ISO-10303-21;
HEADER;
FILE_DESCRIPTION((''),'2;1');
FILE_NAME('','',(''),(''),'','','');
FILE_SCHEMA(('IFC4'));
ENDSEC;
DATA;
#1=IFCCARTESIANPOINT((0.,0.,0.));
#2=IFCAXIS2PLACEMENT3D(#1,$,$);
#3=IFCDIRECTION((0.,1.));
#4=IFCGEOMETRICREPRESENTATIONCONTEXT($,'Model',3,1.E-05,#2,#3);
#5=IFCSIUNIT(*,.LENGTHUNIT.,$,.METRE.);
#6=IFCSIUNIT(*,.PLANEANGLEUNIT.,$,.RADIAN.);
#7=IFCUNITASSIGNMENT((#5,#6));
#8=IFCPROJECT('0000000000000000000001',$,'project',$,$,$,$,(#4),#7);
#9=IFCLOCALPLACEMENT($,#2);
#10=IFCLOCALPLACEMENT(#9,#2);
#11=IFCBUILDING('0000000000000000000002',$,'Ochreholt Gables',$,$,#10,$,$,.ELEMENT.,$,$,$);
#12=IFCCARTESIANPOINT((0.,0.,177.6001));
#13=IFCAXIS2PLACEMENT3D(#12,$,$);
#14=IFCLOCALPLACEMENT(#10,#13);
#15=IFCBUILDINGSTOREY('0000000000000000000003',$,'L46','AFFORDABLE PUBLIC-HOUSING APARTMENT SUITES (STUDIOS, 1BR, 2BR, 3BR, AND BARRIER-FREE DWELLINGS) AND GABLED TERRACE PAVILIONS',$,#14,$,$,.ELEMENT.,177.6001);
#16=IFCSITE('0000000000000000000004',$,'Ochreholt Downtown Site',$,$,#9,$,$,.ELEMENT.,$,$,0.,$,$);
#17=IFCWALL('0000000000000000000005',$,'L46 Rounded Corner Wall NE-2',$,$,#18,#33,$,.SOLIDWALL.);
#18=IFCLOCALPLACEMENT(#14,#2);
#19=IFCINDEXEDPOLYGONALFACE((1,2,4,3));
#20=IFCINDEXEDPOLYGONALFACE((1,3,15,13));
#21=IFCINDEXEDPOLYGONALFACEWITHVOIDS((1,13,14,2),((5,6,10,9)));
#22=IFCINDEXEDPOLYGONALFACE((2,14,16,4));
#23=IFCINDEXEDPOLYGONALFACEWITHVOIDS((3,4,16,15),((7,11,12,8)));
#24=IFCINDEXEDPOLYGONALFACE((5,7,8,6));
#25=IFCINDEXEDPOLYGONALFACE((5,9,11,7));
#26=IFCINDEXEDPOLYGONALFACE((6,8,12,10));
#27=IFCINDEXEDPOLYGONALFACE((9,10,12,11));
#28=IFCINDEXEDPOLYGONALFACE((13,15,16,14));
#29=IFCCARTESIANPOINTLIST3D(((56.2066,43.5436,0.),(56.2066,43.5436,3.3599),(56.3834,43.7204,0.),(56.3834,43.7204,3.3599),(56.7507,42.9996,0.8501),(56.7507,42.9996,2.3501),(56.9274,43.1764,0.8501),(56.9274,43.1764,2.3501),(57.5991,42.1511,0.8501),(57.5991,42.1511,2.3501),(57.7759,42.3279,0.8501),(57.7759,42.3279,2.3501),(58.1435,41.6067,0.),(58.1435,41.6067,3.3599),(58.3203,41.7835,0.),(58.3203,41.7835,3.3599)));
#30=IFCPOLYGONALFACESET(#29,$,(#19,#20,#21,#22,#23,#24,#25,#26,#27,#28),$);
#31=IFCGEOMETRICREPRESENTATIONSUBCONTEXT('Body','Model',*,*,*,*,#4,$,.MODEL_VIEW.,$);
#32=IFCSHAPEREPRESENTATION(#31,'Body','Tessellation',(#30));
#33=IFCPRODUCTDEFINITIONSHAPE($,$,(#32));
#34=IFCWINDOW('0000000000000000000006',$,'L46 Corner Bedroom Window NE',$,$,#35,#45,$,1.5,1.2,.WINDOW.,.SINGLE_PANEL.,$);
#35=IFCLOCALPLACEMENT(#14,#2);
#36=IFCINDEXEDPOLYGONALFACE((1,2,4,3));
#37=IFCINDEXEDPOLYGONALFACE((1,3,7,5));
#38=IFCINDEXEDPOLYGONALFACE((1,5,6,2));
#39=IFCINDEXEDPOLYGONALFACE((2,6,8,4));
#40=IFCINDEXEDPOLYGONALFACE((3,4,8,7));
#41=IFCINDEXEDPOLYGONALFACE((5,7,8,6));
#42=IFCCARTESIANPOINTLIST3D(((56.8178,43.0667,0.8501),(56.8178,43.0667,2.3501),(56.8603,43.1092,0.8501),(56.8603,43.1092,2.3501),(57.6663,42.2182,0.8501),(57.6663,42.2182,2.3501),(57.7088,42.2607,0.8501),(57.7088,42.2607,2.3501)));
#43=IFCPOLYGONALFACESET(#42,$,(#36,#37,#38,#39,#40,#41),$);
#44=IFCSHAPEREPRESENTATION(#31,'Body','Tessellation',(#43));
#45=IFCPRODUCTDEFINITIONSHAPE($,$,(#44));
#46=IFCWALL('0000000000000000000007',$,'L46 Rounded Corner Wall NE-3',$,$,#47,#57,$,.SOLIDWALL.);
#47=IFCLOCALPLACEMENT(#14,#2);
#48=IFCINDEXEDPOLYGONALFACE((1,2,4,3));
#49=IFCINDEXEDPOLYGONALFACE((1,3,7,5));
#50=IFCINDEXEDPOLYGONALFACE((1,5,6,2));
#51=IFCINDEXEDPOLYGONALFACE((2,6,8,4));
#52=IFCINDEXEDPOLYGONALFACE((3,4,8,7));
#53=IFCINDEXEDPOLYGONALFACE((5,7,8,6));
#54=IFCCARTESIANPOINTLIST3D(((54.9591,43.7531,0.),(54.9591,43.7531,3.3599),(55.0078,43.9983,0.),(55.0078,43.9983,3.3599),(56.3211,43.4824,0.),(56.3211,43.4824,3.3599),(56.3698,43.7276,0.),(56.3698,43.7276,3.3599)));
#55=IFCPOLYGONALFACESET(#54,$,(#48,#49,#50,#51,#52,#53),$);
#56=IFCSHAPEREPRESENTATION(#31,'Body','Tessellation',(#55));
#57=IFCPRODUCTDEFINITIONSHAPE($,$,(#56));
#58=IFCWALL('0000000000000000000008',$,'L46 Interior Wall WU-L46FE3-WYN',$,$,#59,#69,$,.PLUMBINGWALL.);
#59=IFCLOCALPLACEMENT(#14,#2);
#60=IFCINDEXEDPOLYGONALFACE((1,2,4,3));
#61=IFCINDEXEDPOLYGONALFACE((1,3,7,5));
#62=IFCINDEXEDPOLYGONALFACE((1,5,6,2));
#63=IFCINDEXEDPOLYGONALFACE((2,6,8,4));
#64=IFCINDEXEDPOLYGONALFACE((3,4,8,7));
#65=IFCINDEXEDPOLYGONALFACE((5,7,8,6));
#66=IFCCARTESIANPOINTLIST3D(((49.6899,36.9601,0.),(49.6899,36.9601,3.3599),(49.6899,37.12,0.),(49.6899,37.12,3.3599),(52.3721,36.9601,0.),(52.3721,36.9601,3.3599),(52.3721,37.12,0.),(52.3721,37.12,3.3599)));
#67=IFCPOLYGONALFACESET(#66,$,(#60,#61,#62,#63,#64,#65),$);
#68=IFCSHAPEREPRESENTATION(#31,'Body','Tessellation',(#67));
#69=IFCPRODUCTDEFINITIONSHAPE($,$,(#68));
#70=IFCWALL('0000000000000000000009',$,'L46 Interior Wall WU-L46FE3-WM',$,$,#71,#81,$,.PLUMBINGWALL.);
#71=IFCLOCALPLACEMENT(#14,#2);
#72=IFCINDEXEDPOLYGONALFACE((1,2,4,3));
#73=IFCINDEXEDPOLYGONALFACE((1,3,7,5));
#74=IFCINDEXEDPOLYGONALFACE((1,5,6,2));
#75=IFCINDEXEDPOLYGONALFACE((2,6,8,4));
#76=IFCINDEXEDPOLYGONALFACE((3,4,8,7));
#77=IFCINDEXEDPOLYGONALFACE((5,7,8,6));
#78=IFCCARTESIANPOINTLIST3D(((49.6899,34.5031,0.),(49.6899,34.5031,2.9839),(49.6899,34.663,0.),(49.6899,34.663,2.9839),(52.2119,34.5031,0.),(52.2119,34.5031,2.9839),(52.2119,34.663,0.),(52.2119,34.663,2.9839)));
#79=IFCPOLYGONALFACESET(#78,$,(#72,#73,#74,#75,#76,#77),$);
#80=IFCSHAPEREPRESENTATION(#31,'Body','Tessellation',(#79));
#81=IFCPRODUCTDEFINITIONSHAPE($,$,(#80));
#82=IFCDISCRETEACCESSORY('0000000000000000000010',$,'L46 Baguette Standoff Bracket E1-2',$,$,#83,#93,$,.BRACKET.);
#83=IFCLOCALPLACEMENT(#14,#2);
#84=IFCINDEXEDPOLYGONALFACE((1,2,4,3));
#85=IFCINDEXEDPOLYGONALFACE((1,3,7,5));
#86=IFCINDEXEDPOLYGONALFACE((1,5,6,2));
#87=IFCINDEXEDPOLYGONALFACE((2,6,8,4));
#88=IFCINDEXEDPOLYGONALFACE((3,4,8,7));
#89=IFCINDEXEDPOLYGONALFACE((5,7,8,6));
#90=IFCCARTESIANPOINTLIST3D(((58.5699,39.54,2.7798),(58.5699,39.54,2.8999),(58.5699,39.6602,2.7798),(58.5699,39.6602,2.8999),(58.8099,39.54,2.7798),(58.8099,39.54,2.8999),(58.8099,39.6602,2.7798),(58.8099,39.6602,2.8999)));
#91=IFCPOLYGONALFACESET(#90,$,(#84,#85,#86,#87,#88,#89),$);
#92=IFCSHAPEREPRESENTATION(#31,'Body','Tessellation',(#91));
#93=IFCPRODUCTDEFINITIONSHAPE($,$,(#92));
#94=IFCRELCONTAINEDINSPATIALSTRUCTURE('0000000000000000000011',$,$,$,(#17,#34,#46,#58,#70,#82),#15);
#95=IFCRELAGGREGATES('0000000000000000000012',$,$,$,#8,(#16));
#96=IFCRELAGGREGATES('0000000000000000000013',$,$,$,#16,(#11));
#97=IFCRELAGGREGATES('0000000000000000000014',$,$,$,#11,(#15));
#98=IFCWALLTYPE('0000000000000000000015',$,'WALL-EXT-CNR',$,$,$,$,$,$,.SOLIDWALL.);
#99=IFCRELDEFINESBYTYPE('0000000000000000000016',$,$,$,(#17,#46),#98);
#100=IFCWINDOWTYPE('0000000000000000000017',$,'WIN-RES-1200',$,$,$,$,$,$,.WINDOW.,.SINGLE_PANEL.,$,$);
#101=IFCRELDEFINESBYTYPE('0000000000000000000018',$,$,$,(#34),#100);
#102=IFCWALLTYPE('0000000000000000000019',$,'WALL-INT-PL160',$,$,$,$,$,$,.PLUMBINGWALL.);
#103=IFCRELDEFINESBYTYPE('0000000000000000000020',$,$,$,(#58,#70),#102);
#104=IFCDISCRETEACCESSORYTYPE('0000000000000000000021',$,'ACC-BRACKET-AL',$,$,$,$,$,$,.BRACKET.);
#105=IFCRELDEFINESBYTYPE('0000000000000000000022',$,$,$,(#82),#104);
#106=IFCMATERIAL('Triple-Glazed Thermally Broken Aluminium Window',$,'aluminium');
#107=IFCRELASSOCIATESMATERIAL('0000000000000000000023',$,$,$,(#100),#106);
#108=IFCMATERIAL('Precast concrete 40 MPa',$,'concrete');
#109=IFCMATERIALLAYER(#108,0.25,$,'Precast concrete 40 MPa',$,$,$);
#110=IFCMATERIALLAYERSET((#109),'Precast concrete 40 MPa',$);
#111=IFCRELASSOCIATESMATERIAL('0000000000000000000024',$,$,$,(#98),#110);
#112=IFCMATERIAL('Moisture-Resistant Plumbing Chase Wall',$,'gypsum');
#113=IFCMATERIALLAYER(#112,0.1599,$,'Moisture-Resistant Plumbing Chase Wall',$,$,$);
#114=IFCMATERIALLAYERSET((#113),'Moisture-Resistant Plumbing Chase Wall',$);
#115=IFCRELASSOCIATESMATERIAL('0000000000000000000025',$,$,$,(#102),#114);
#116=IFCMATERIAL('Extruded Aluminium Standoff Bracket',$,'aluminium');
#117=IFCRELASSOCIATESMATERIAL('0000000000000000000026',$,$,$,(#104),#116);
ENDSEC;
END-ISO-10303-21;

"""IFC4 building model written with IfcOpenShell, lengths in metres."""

from ifc_helpers import new_model, si_unit, direction, frame, frame_2d, origin, origin_2d, place, context, subcontext, project, spatial, rectangle, extrude, material, layer, layer_set, type_object, element, fill, save


model = new_model("IFC4")

# Units and contexts
model_context = context("Model", 3, precision=1e-05, world=origin(), true_north=direction((0.0, 1.0)))
body_context = subcontext(model_context, "Body", "Model", "MODEL_VIEW")
ifc_project = project(units=[si_unit("LENGTHUNIT", "METRE"), si_unit("PLANEANGLEUNIT", "RADIAN")], contexts=[model_context])

# Site, building, storey
site_placement = place(None, origin())
site = spatial("IfcSite", under=ifc_project, at=site_placement, Name="Ochreholt Downtown Site", CompositionType="ELEMENT", RefElevation=0.0)
building_placement = place(site_placement, origin())
building = spatial("IfcBuilding", under=site, at=building_placement, Name="Ochreholt Gables", CompositionType="ELEMENT")
storey_placement = place(building_placement, frame((0.0, 0.0, 177.6001)))
storey = spatial("IfcBuildingStorey", under=building, at=storey_placement, Name="L46", Description="AFFORDABLE PUBLIC-HOUSING APARTMENT SUITES (STUDIOS, 1BR, 2BR, 3BR, AND BARRIER-FREE DWELLINGS) AND GABLED TERRACE PAVILIONS", CompositionType="ELEMENT", Elevation=177.6001)

# Shared definitions
ifc_material_1 = material(Name="Precast concrete 40 MPa", Category="concrete")
ifc_material_2 = material(Name="Triple-Glazed Thermally Broken Aluminium Window", Category="aluminium")
window_type = type_object("IfcWindowType", Name="WIN-RES-1200", PartitioningType="SINGLE_PANEL", PredefinedType="WINDOW", material=ifc_material_2)

# Shared definitions
ifc_layer_1 = layer(ifc_material_1, 0.25, Name="Precast concrete 40 MPa")
ifc_layer_set_1 = layer_set([ifc_layer_1], Name="Precast concrete 40 MPa")
wall_type_1 = type_object("IfcWallType", Name="WALL-EXT-CNR", PredefinedType="SOLIDWALL", material=ifc_layer_set_1)

# Wall, opening, window
wall_1_placement = place(storey_placement, frame((58.2319, 41.6951, 0.0), z_axis=(0.0, 0.0, 1.0), x_axis=(-0.707107, 0.707107, 0.0)))
wall_1 = element("IfcWall", 1, at=wall_1_placement, inside=storey, type_object=wall_type_1, Name="L46 Rounded Corner Wall NE-2", PredefinedType="SOLIDWALL", context=body_context, shape_type="SweptSolid", body=[
    extrude(rectangle(XDim=2.7393, YDim=0.25, at=frame_2d((1.3696, 0.0))), origin(), (0.0, 0.0, 1.0), 3.3599),
])
opening_1_placement = place(wall_1_placement, frame((0.7698, 0.0, 0.8501)))
opening_1 = element("IfcOpeningElement", 2, at=opening_1_placement, cuts=wall_1, PredefinedType="OPENING", context=body_context, shape_type="SweptSolid", body=[
    extrude(rectangle(XDim=1.2, YDim=1.5, at=frame_2d((0.6001, 0.75))), frame((0.0, 0.135, 0.0), z_axis=(0.0, -1.0, 0.0), x_axis=(1.0, 0.0, 0.0)), (0.0, 0.0, 1.0), 0.27),
])
window_1_placement = place(opening_1_placement, origin())
window_1 = element("IfcWindow", 3, at=window_1_placement, inside=storey, type_object=window_type, Name="L46 Corner Bedroom Window NE", OverallHeight=1.5, OverallWidth=1.2, PartitioningType="SINGLE_PANEL", PredefinedType="WINDOW", context=body_context, shape_type="SweptSolid", body=[
    extrude(rectangle(XDim=1.2, YDim=1.5, at=frame_2d((0.6001, 0.75))), frame((0.0, 0.03, 0.0), z_axis=(0.0, -1.0, 0.0), x_axis=(1.0, 0.0, 0.0)), (0.0, 0.0, 1.0), 0.0601),
])
fill(opening_1, window_1)

# Walls
wall_2_placement = place(storey_placement, frame((56.3455, 43.605, 0.0), z_axis=(0.0, 0.0, 1.0), x_axis=(-0.98081, 0.194967, 0.0)))
element("IfcWall", 4, at=wall_2_placement, inside=storey, type_object=wall_type_1, Name="L46 Rounded Corner Wall NE-3", PredefinedType="SOLIDWALL", context=body_context, shape_type="SweptSolid", body=[
    extrude(rectangle(XDim=1.3887, YDim=0.25, at=frame_2d((0.6943, 0.0))), origin(), (0.0, 0.0, 1.0), 3.3599),
])
ifc_material_3 = material(Name="Moisture-Resistant Plumbing Chase Wall", Category="gypsum")
ifc_layer_2 = layer(ifc_material_3, 0.1599, Name="Moisture-Resistant Plumbing Chase Wall")
ifc_layer_set_2 = layer_set([ifc_layer_2], Name="Moisture-Resistant Plumbing Chase Wall")
wall_type_2 = type_object("IfcWallType", Name="WALL-INT-PL160", PredefinedType="PLUMBINGWALL", material=ifc_layer_set_2)
wall_3_placement = place(storey_placement, frame((49.6899, 37.04, 0.0), z_axis=(0.0, 0.0, 1.0), x_axis=(1.0, 0.0, 0.0)))
element("IfcWall", 5, at=wall_3_placement, inside=storey, type_object=wall_type_2, Name="L46 Interior Wall WU-L46FE3-WYN", PredefinedType="PLUMBINGWALL", context=body_context, shape_type="SweptSolid", body=[
    extrude(rectangle(XDim=2.6821, YDim=0.1599, at=frame_2d((1.3411, 0.0))), origin(), (0.0, 0.0, 1.0), 3.3599),
])
wall_4_placement = place(storey_placement, frame((49.6899, 34.583, 0.0), z_axis=(0.0, 0.0, 1.0), x_axis=(1.0, 0.0, 0.0)))
element("IfcWall", 6, at=wall_4_placement, inside=storey, type_object=wall_type_2, Name="L46 Interior Wall WU-L46FE3-WM", PredefinedType="PLUMBINGWALL", context=body_context, shape_type="SweptSolid", body=[
    extrude(rectangle(XDim=2.522, YDim=0.1599, at=frame_2d((1.261, 0.0))), origin(), (0.0, 0.0, 1.0), 2.9839),
])

# Discrete accessory
ifc_material_4 = material(Name="Extruded Aluminium Standoff Bracket", Category="aluminium")
discrete_accessory_type = type_object("IfcDiscreteAccessoryType", Name="ACC-BRACKET-AL", PredefinedType="BRACKET", material=ifc_material_4)
discrete_accessory_placement = place(storey_placement, frame((58.6899, 39.6001, 2.7798), z_axis=(0.0, 0.0, 1.0), x_axis=(0.0, 1.0, 0.0)))
element("IfcDiscreteAccessory", 7, at=discrete_accessory_placement, inside=storey, type_object=discrete_accessory_type, Name="L46 Baguette Standoff Bracket E1-2", PredefinedType="BRACKET", context=body_context, shape_type="SweptSolid", body=[
    extrude(rectangle(XDim=0.1201, YDim=0.24, at=origin_2d()), origin(), (0.0, 0.0, 1.0), 0.1201),
])

save(model, "model.ifc")
